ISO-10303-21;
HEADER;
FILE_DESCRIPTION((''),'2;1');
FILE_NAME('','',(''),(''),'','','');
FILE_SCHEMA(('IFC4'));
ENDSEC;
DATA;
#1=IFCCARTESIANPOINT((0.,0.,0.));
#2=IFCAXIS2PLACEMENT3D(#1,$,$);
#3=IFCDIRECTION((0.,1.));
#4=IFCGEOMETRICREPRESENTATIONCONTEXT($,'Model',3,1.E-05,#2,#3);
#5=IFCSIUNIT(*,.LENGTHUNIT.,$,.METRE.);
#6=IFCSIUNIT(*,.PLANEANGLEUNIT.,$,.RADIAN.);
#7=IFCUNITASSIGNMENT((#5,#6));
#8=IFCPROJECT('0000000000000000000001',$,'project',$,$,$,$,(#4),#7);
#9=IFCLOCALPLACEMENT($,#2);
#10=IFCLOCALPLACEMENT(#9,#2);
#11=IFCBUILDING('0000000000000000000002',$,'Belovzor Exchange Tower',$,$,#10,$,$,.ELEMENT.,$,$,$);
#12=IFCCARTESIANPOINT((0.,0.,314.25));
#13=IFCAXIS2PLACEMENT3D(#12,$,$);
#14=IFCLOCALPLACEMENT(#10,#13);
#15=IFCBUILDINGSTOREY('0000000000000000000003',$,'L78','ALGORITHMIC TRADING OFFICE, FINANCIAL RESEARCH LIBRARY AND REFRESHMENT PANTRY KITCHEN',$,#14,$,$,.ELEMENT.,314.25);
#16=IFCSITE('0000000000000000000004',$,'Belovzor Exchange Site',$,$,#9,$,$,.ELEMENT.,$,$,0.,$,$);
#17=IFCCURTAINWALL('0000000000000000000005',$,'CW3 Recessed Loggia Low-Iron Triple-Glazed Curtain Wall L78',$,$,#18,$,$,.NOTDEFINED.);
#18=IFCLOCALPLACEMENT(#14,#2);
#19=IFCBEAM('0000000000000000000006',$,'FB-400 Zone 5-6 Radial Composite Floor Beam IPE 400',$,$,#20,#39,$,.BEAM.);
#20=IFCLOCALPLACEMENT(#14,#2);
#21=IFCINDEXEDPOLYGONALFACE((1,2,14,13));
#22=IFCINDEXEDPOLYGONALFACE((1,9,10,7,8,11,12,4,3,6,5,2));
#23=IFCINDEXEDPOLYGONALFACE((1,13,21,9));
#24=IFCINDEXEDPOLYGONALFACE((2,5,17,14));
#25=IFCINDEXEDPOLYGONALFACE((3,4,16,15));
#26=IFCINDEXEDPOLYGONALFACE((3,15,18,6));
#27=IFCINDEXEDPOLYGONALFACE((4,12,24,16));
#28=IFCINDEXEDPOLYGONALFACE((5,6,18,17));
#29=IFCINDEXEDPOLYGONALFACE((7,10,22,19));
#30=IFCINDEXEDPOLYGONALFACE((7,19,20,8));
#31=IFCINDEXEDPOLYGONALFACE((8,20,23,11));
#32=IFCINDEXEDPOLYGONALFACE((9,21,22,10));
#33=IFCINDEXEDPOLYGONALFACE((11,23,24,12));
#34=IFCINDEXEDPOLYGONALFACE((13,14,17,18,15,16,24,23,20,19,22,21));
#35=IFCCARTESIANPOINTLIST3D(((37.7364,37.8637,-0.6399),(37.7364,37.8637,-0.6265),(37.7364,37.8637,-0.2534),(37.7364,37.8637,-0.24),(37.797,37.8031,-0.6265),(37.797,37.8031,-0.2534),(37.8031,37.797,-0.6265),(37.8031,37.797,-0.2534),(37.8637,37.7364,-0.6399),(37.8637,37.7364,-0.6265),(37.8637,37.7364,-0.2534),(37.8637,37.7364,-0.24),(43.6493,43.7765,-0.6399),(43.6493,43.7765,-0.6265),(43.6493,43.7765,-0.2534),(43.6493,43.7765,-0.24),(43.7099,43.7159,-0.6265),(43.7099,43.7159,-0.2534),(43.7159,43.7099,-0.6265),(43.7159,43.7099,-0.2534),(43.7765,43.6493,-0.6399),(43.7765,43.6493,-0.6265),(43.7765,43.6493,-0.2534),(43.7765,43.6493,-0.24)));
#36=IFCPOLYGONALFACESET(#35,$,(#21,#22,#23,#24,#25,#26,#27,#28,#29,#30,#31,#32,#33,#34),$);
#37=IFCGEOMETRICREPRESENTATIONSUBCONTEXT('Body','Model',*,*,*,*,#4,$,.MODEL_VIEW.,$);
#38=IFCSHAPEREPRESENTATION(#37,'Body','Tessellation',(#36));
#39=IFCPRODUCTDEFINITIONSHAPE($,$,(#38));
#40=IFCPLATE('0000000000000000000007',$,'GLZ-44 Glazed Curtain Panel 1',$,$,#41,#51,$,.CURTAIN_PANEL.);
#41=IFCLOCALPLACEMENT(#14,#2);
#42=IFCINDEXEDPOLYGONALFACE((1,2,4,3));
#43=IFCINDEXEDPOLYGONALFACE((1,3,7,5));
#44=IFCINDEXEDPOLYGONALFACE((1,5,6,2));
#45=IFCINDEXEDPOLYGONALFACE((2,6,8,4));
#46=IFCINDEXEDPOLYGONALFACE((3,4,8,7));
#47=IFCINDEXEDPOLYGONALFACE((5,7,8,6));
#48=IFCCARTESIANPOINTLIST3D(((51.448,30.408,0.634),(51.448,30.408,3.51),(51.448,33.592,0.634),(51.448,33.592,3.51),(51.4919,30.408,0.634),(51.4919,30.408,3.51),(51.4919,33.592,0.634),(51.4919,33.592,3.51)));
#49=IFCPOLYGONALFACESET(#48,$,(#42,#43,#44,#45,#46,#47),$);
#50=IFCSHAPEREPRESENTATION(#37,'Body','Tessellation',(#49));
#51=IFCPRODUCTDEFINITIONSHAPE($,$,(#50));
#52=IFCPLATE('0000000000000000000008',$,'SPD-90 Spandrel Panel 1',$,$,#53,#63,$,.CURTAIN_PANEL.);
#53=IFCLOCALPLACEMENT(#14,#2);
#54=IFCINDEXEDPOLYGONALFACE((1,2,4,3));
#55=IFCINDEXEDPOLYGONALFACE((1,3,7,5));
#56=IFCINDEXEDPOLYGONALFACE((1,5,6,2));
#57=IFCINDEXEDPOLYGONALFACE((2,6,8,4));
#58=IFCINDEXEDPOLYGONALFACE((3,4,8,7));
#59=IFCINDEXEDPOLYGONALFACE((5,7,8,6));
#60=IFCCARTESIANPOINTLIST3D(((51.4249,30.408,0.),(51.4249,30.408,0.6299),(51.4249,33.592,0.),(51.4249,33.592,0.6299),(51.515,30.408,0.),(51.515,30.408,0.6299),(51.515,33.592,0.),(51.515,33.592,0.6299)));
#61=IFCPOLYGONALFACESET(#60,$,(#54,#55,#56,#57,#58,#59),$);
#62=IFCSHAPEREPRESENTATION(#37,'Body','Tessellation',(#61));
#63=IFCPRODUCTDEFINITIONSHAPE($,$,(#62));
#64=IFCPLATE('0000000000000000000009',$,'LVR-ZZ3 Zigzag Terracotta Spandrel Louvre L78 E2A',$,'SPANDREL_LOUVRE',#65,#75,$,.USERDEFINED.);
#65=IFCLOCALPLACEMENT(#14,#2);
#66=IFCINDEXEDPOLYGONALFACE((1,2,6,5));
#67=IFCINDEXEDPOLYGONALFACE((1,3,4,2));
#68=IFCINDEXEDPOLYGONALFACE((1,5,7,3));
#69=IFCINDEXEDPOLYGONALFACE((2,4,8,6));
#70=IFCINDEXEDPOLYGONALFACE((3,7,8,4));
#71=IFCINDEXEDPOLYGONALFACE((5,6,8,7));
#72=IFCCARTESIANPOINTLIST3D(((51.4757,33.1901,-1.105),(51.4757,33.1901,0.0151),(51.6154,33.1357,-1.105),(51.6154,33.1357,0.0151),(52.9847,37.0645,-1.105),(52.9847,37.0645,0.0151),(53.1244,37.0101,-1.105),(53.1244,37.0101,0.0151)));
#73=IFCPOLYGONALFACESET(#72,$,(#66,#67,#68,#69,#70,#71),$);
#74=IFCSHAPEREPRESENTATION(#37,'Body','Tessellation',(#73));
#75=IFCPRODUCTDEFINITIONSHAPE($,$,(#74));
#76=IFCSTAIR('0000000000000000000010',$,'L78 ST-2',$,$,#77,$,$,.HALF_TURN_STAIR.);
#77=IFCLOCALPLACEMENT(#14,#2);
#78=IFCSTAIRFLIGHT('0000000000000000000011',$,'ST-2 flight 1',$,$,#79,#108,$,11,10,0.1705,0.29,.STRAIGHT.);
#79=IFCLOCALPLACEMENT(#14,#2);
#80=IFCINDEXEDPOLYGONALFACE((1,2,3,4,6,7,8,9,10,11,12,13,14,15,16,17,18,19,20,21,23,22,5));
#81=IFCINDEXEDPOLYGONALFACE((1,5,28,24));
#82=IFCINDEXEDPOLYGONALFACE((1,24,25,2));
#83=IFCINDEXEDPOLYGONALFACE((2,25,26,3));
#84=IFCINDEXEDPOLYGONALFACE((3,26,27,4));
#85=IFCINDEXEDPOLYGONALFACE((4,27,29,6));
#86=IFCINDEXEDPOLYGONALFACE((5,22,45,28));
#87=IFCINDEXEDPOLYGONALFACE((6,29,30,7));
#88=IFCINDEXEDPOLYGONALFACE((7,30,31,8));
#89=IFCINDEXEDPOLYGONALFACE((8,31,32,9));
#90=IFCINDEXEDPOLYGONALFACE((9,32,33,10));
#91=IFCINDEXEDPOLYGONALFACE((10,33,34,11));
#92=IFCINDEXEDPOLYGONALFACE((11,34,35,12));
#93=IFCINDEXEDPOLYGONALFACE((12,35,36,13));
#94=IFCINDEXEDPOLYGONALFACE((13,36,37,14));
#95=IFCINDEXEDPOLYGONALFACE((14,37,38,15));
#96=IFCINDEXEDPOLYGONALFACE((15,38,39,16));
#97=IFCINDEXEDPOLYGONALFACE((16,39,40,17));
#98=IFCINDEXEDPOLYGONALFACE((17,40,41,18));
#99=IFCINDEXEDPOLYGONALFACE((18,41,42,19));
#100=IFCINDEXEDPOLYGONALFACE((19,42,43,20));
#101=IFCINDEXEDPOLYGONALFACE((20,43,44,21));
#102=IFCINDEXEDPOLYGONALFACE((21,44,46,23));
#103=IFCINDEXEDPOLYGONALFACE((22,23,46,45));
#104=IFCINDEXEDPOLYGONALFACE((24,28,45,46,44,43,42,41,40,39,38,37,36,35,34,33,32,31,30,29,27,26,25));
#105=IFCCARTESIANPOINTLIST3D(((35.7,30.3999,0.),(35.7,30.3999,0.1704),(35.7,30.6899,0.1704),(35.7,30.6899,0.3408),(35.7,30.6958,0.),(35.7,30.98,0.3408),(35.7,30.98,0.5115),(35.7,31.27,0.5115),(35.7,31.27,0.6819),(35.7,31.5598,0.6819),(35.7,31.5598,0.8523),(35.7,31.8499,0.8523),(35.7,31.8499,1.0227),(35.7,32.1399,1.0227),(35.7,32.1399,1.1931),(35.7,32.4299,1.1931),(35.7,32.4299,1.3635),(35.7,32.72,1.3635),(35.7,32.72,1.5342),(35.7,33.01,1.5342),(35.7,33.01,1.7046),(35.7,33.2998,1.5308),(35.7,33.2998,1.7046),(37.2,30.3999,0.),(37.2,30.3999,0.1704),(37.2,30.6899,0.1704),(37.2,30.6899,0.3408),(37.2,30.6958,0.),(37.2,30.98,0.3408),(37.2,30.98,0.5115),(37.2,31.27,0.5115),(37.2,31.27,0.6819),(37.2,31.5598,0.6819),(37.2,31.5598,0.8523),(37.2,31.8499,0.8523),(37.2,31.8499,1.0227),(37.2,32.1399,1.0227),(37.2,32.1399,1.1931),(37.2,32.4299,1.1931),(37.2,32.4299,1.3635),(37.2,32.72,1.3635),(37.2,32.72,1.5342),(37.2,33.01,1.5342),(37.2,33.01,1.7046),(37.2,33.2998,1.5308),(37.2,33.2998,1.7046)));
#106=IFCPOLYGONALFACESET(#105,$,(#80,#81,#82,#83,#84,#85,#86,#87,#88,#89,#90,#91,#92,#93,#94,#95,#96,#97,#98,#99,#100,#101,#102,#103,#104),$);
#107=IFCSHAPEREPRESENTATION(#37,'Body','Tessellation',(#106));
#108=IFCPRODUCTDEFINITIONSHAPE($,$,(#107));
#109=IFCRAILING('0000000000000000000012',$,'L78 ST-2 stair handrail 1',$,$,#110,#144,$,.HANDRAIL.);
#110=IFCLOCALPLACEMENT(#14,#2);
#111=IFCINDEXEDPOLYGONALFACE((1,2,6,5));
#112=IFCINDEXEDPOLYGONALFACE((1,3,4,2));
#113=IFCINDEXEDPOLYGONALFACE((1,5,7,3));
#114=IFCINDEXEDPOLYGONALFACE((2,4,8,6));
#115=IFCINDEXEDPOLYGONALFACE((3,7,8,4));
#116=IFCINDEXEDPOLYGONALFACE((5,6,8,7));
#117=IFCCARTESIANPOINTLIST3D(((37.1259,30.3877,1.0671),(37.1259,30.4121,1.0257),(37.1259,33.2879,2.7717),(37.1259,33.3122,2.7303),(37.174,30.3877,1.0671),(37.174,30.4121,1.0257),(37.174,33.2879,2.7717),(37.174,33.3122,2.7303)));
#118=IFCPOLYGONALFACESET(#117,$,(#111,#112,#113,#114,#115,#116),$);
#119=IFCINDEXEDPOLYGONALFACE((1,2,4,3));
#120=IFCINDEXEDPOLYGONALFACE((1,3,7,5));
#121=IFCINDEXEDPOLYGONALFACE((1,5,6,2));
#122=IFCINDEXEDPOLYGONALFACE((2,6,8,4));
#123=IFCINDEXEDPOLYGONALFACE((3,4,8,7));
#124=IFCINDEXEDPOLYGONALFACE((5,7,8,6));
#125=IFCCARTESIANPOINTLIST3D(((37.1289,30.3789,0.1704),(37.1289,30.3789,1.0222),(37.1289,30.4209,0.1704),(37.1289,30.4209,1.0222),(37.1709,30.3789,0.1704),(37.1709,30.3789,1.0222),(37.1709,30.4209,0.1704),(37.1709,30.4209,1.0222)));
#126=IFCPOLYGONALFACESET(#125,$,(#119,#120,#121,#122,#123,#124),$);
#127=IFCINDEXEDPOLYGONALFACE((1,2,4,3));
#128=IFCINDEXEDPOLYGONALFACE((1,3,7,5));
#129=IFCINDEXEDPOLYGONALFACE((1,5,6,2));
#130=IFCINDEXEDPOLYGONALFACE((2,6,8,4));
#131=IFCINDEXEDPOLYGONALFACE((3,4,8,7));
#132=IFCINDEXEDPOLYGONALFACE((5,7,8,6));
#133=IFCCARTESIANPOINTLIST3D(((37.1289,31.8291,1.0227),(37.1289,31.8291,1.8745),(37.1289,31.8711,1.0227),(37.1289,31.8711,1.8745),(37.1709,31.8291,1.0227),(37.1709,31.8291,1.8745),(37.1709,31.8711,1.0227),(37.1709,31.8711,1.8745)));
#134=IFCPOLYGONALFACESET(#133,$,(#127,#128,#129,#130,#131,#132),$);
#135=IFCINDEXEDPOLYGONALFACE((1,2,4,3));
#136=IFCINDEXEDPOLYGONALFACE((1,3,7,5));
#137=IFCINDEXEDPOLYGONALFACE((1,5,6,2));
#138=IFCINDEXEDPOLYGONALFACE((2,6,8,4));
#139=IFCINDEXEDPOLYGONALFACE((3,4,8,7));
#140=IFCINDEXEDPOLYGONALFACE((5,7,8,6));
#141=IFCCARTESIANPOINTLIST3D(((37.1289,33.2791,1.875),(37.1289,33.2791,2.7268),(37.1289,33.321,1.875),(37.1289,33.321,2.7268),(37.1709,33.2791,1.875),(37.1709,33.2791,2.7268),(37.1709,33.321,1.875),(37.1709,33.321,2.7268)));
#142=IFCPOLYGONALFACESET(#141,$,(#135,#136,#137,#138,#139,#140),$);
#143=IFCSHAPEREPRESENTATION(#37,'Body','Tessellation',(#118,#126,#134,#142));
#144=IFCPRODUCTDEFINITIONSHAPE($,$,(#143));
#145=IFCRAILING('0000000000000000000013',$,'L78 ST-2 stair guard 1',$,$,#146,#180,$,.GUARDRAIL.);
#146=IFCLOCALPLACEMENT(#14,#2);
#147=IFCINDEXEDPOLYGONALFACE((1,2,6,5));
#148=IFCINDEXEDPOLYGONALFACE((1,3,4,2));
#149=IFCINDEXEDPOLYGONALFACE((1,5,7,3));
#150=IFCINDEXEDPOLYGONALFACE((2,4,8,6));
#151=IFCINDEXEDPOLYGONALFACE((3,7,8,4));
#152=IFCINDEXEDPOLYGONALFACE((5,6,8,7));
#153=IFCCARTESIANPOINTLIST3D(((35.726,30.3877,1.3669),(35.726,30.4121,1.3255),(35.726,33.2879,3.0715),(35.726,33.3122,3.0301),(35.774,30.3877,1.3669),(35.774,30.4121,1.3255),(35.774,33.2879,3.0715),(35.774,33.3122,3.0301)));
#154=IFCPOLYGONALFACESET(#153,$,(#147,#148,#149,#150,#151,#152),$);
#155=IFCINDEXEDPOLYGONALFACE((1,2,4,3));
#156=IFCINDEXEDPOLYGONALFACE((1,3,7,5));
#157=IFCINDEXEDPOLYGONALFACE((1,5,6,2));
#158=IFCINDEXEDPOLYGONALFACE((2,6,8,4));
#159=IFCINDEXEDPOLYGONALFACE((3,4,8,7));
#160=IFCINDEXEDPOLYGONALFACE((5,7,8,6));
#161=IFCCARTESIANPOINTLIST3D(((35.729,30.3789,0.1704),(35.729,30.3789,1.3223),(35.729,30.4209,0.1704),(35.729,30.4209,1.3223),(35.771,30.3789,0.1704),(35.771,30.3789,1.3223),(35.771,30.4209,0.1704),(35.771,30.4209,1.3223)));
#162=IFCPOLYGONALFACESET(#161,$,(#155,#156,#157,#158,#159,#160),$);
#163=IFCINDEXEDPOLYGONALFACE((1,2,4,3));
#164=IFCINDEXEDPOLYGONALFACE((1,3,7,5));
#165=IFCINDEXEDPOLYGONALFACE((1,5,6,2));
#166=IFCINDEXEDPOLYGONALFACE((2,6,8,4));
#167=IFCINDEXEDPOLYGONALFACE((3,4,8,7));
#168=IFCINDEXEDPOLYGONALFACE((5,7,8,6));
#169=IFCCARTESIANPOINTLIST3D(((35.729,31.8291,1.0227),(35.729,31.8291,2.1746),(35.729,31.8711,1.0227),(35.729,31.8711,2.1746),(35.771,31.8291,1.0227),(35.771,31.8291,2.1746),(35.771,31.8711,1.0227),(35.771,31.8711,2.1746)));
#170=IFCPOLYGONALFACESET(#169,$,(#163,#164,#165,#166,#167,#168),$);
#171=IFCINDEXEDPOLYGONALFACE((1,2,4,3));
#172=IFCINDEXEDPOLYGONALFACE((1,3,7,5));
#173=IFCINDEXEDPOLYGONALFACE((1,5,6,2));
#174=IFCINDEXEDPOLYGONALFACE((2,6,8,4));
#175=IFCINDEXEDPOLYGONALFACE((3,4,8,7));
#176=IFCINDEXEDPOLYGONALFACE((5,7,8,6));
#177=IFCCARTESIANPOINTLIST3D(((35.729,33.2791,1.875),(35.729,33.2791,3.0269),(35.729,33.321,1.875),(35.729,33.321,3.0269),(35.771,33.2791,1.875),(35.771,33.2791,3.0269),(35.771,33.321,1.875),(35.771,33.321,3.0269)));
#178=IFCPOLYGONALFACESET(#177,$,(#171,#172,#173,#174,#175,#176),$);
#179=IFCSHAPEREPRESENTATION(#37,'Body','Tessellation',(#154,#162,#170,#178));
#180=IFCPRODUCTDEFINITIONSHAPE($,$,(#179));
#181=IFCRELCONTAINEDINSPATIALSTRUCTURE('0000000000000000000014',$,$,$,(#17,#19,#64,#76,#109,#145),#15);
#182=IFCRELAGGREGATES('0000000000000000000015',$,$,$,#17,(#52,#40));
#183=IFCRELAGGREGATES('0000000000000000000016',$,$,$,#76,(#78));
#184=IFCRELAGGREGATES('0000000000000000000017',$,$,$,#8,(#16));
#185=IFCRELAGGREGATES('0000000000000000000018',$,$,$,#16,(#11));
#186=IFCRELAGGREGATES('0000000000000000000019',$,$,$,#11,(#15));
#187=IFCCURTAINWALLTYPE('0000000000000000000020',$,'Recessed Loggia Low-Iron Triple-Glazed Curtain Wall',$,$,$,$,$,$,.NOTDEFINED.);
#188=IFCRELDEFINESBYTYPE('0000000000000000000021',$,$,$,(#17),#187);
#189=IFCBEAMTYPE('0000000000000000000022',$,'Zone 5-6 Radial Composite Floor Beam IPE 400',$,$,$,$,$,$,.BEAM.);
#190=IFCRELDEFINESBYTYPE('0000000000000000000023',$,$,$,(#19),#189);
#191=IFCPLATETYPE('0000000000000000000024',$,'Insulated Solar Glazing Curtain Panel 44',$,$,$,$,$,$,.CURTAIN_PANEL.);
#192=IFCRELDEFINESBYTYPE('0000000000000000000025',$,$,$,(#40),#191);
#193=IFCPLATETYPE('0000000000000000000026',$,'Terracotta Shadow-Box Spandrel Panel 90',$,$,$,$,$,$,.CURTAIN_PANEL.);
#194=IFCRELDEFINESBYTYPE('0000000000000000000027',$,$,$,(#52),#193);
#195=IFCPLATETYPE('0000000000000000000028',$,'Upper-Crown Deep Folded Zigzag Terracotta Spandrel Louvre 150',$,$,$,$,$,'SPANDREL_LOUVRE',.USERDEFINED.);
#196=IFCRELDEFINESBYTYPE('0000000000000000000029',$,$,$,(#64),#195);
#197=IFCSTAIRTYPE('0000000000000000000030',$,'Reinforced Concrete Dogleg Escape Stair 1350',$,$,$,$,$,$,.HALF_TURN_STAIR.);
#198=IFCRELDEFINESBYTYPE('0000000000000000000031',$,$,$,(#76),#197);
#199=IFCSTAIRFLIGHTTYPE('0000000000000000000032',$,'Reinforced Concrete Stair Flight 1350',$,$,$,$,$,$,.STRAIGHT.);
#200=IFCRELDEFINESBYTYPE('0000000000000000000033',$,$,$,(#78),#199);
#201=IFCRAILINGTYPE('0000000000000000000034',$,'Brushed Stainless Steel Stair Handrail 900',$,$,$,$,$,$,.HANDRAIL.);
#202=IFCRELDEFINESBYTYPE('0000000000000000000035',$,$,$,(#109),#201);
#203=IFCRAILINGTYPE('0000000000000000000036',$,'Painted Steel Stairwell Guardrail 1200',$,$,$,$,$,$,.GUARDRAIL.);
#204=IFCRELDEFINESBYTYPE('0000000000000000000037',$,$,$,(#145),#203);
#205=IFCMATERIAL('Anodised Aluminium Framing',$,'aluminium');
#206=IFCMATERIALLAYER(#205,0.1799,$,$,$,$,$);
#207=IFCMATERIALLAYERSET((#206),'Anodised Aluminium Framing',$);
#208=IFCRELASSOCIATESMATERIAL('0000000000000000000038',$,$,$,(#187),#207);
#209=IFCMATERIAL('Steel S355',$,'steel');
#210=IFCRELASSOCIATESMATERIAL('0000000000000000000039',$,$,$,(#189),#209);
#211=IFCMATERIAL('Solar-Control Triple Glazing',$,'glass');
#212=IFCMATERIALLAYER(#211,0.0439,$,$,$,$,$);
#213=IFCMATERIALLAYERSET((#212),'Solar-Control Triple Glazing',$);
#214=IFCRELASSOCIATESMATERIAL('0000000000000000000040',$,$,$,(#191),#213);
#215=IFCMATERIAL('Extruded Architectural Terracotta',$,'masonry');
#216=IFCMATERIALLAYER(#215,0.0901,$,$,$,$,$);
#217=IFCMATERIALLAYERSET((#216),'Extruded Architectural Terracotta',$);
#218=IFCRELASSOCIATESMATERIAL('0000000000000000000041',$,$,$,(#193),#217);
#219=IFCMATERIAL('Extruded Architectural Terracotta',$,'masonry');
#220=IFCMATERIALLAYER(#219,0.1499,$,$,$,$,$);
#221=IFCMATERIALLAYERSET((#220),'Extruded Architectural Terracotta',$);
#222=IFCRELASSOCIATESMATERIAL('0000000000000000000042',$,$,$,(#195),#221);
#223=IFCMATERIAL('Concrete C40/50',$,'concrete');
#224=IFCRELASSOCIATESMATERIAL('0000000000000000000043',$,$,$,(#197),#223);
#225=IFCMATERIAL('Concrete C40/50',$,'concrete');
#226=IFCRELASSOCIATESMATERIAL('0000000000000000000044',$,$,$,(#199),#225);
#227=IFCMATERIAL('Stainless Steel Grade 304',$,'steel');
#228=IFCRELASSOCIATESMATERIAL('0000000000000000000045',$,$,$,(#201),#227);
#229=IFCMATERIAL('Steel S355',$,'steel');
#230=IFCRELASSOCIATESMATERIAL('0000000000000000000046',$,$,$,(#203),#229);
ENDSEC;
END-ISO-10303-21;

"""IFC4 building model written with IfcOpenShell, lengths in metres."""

from ifc_helpers import new_model, si_unit, direction, frame, origin, origin_2d, place, context, subcontext, project, spatial, polyline, rectangle, i_section, outline, extrude, material, layer, layer_set, material_profile, profile_set, type_object, element, aggregate, save


model = new_model("IFC4")

# Units and contexts
model_context = context("Model", 3, precision=1e-05, world=origin(), true_north=direction((0.0, 1.0)))
body_context = subcontext(model_context, "Body", "Model", "MODEL_VIEW")
ifc_project = project(units=[si_unit("LENGTHUNIT", "METRE"), si_unit("PLANEANGLEUNIT", "RADIAN")], contexts=[model_context])

# Site, building, storey
site_placement = place(None, origin())
site = spatial("IfcSite", under=ifc_project, at=site_placement, Name="Belovzor Exchange Site", CompositionType="ELEMENT", RefElevation=0.0)
building_placement = place(site_placement, origin())
building = spatial("IfcBuilding", under=site, at=building_placement, Name="Belovzor Exchange Tower", CompositionType="ELEMENT")
storey_placement = place(building_placement, frame((0.0, 0.0, 314.25)))
storey = spatial("IfcBuildingStorey", under=building, at=storey_placement, Name="L78", Description="ALGORITHMIC TRADING OFFICE, FINANCIAL RESEARCH LIBRARY AND REFRESHMENT PANTRY KITCHEN", CompositionType="ELEMENT", Elevation=314.25)

# Curtain wall
ifc_material_1 = material(Name="Anodised Aluminium Framing", Category="aluminium")
ifc_layer_1 = layer(ifc_material_1, 0.1799)
ifc_layer_set_1 = layer_set([ifc_layer_1], Name="Anodised Aluminium Framing")
curtain_wall_type = type_object("IfcCurtainWallType", Name="Recessed Loggia Low-Iron Triple-Glazed Curtain Wall", PredefinedType="NOTDEFINED", material=ifc_layer_set_1)
curtain_wall_placement = place(storey_placement, origin())
curtain_wall = element("IfcCurtainWall", 1, at=curtain_wall_placement, inside=storey, type_object=curtain_wall_type, Name="CW3 Recessed Loggia Low-Iron Triple-Glazed Curtain Wall L78", PredefinedType="NOTDEFINED")

# Beam
ifc_material_2 = material(Name="Steel S355", Category="steel")
ifc_material_profile_1 = material_profile(ifc_material_2, i_section(OverallWidth=0.1799, OverallDepth=0.3999, WebThickness=0.0085, FlangeThickness=0.0134, at=origin_2d()))
ifc_profile_set_1 = profile_set([ifc_material_profile_1], Name="Steel S355")
beam_type_1 = type_object("IfcBeamType", Name="Zone 5-6 Radial Composite Floor Beam IPE 400", PredefinedType="BEAM", material=ifc_profile_set_1)
beam_placement = place(storey_placement, frame((37.8, 37.8, -0.4399), z_axis=(0.707107, 0.707107, 0.0), x_axis=(-0.707107, 0.707107, 0.0)))
element("IfcBeam", 2, at=beam_placement, inside=storey, type_object=beam_type_1, Name="FB-400 Zone 5-6 Radial Composite Floor Beam IPE 400", PredefinedType="BEAM", context=body_context, shape_type="SweptSolid", body=[
    extrude(i_section(OverallWidth=0.1799, OverallDepth=0.3999, WebThickness=0.0085, FlangeThickness=0.0134, at=origin_2d()), origin(), (0.0, 0.0, 1.0), 8.3621),
])

# Plates
ifc_material_3 = material(Name="Solar-Control Triple Glazing", Category="glass")
ifc_layer_2 = layer(ifc_material_3, 0.0439)
ifc_layer_set_2 = layer_set([ifc_layer_2], Name="Solar-Control Triple Glazing")
plate_type_1 = type_object("IfcPlateType", Name="Insulated Solar Glazing Curtain Panel 44", PredefinedType="CURTAIN_PANEL", material=ifc_layer_set_2)
plate_1_placement = place(storey_placement, frame((51.47, 32.0, 0.634), z_axis=(0.0, 0.0, 1.0), x_axis=(0.0, -1.0, 0.0)))
plate_1 = element("IfcPlate", 3, at=plate_1_placement, type_object=plate_type_1, Name="GLZ-44 Glazed Curtain Panel 1", PredefinedType="CURTAIN_PANEL", context=body_context, shape_type="SweptSolid", body=[
    extrude(rectangle(XDim=3.1841, YDim=0.0439, at=origin_2d()), origin(), (0.0, 0.0, 1.0), 2.876),
])
ifc_material_4 = material(Name="Extruded Architectural Terracotta", Category="masonry")
ifc_layer_3 = layer(ifc_material_4, 0.0901)
ifc_layer_set_3 = layer_set([ifc_layer_3], Name="Extruded Architectural Terracotta")
plate_type_2 = type_object("IfcPlateType", Name="Terracotta Shadow-Box Spandrel Panel 90", PredefinedType="CURTAIN_PANEL", material=ifc_layer_set_3)
plate_2_placement = place(storey_placement, frame((51.47, 32.0, 0.0), z_axis=(0.0, 0.0, 1.0), x_axis=(0.0, -1.0, 0.0)))
plate_2 = element("IfcPlate", 4, at=plate_2_placement, type_object=plate_type_2, Name="SPD-90 Spandrel Panel 1", PredefinedType="CURTAIN_PANEL", context=body_context, shape_type="SweptSolid", body=[
    extrude(rectangle(XDim=3.1841, YDim=0.0901, at=origin_2d()), origin(), (0.0, 0.0, 1.0), 0.6299),
])
aggregate(curtain_wall, [plate_2, plate_1])
ifc_material_5 = material(Name="Extruded Architectural Terracotta", Category="masonry")
ifc_layer_4 = layer(ifc_material_5, 0.1499)
ifc_layer_set_4 = layer_set([ifc_layer_4], Name="Extruded Architectural Terracotta")
plate_type_3 = type_object("IfcPlateType", Name="Upper-Crown Deep Folded Zigzag Terracotta Spandrel Louvre 150", ElementType="SPANDREL_LOUVRE", PredefinedType="USERDEFINED", material=ifc_layer_set_4)
plate_3_placement = place(storey_placement, frame((52.3, 35.1001, -1.105), z_axis=(0.0, 0.0, 1.0), x_axis=(0.362926, 0.931818, 0.0)))
element("IfcPlate", 5, at=plate_3_placement, inside=storey, type_object=plate_type_3, Name="LVR-ZZ3 Zigzag Terracotta Spandrel Louvre L78 E2A", ObjectType="SPANDREL_LOUVRE", PredefinedType="USERDEFINED", context=body_context, shape_type="SweptSolid", body=[
    extrude(rectangle(XDim=4.158, YDim=0.1499, at=origin_2d()), origin(), (0.0, 0.0, 1.0), 1.1201),
])

# Stair, stair flight
ifc_material_6 = material(Name="Concrete C40/50", Category="concrete")
stair_type = type_object("IfcStairType", Name="Reinforced Concrete Dogleg Escape Stair 1350", PredefinedType="HALF_TURN_STAIR", material=ifc_material_6)
stair_placement = place(storey_placement, origin())
stair = element("IfcStair", 6, at=stair_placement, inside=storey, type_object=stair_type, Name="L78 ST-2", PredefinedType="HALF_TURN_STAIR")
ifc_material_7 = material(Name="Concrete C40/50", Category="concrete")
stair_flight_type = type_object("IfcStairFlightType", Name="Reinforced Concrete Stair Flight 1350", PredefinedType="STRAIGHT", material=ifc_material_7)
stair_flight_placement = place(storey_placement, frame((36.45, 30.3999, 0.0), z_axis=(0.0, 0.0, 1.0), x_axis=(0.0, 1.0, 0.0)))
stair_flight = element("IfcStairFlight", 7, at=stair_flight_placement, type_object=stair_flight_type, Name="ST-2 flight 1", NumberOfRisers=11, NumberOfTreads=10, PredefinedType="STRAIGHT", RiserHeight=0.1705, TreadLength=0.29, context=body_context, shape_type="SweptSolid", body=[
    extrude(outline(polyline([(0.0, 0.0), (0.0, 0.1704), (0.29, 0.1704), (0.29, 0.3408), (0.5801, 0.3408), (0.5801, 0.5115), (0.8701, 0.5115), (0.8701, 0.6819), (1.1599, 0.6819), (1.1599, 0.8523), (1.45, 0.8523), (1.45, 1.0227), (1.74, 1.0227), (1.74, 1.1931), (2.03, 1.1931), (2.03, 1.3635), (2.3201, 1.3635), (2.3201, 1.5342), (2.6101, 1.5342), (2.6101, 1.7046), (2.8999, 1.7046), (2.8999, 1.875), (2.8999, 1.5308), (0.2959, 0.0), (0.0, 0.0)])), frame((0.0, 0.75, 0.0), z_axis=(0.0, -1.0, 0.0), x_axis=(1.0, 0.0, 0.0)), (0.0, 0.0, 1.0), 1.5),
])
aggregate(stair, [stair_flight])

# Railings
ifc_material_8 = material(Name="Stainless Steel Grade 304", Category="steel")
railing_type_1 = type_object("IfcRailingType", Name="Brushed Stainless Steel Stair Handrail 900", PredefinedType="HANDRAIL", material=ifc_material_8)
railing_1_placement = place(storey_placement, frame((37.1499, 30.3999, 0.1704)))
element("IfcRailing", 8, at=railing_1_placement, inside=storey, type_object=railing_type_1, Name="L78 ST-2 stair handrail 1", PredefinedType="HANDRAIL", context=body_context, shape_type="SweptSolid", body=[
    extrude(rectangle(XDim=0.0481, YDim=0.0481, at=origin_2d()), frame((0.0, 0.0, 0.876), z_axis=(0.0, 0.862113, 0.506716), x_axis=(-1.0, 0.0, 0.0)), (0.0, 0.0, 1.0), 3.364),
    extrude(rectangle(XDim=0.042, YDim=0.042, at=origin_2d()), origin(), (0.0, 0.0, 1.0), 0.8518),
    extrude(rectangle(XDim=0.042, YDim=0.042, at=origin_2d()), frame((0.0, 1.4502, 0.8523)), (0.0, 0.0, 1.0), 0.8518),
    extrude(rectangle(XDim=0.042, YDim=0.042, at=origin_2d()), frame((0.0, 2.9001, 1.7046)), (0.0, 0.0, 1.0), 0.8518),
])
ifc_material_9 = material(Name="Steel S355", Category="steel")
railing_type_2 = type_object("IfcRailingType", Name="Painted Steel Stairwell Guardrail 1200", PredefinedType="GUARDRAIL", material=ifc_material_9)
railing_2_placement = place(storey_placement, frame((35.75, 30.3999, 0.1704)))
element("IfcRailing", 9, at=railing_2_placement, inside=storey, type_object=railing_type_2, Name="L78 ST-2 stair guard 1", PredefinedType="GUARDRAIL", context=body_context, shape_type="SweptSolid", body=[
    extrude(rectangle(XDim=0.0481, YDim=0.0481, at=origin_2d()), frame((0.0, 0.0, 1.1758), z_axis=(0.0, 0.862113, 0.506716), x_axis=(-1.0, 0.0, 0.0)), (0.0, 0.0, 1.0), 3.364),
    extrude(rectangle(XDim=0.042, YDim=0.042, at=origin_2d()), origin(), (0.0, 0.0, 1.0), 1.1519),
    extrude(rectangle(XDim=0.042, YDim=0.042, at=origin_2d()), frame((0.0, 1.4502, 0.8523)), (0.0, 0.0, 1.0), 1.1519),
    extrude(rectangle(XDim=0.042, YDim=0.042, at=origin_2d()), frame((0.0, 2.9001, 1.7046)), (0.0, 0.0, 1.0), 1.1519),
])

save(model, "model.ifc")
